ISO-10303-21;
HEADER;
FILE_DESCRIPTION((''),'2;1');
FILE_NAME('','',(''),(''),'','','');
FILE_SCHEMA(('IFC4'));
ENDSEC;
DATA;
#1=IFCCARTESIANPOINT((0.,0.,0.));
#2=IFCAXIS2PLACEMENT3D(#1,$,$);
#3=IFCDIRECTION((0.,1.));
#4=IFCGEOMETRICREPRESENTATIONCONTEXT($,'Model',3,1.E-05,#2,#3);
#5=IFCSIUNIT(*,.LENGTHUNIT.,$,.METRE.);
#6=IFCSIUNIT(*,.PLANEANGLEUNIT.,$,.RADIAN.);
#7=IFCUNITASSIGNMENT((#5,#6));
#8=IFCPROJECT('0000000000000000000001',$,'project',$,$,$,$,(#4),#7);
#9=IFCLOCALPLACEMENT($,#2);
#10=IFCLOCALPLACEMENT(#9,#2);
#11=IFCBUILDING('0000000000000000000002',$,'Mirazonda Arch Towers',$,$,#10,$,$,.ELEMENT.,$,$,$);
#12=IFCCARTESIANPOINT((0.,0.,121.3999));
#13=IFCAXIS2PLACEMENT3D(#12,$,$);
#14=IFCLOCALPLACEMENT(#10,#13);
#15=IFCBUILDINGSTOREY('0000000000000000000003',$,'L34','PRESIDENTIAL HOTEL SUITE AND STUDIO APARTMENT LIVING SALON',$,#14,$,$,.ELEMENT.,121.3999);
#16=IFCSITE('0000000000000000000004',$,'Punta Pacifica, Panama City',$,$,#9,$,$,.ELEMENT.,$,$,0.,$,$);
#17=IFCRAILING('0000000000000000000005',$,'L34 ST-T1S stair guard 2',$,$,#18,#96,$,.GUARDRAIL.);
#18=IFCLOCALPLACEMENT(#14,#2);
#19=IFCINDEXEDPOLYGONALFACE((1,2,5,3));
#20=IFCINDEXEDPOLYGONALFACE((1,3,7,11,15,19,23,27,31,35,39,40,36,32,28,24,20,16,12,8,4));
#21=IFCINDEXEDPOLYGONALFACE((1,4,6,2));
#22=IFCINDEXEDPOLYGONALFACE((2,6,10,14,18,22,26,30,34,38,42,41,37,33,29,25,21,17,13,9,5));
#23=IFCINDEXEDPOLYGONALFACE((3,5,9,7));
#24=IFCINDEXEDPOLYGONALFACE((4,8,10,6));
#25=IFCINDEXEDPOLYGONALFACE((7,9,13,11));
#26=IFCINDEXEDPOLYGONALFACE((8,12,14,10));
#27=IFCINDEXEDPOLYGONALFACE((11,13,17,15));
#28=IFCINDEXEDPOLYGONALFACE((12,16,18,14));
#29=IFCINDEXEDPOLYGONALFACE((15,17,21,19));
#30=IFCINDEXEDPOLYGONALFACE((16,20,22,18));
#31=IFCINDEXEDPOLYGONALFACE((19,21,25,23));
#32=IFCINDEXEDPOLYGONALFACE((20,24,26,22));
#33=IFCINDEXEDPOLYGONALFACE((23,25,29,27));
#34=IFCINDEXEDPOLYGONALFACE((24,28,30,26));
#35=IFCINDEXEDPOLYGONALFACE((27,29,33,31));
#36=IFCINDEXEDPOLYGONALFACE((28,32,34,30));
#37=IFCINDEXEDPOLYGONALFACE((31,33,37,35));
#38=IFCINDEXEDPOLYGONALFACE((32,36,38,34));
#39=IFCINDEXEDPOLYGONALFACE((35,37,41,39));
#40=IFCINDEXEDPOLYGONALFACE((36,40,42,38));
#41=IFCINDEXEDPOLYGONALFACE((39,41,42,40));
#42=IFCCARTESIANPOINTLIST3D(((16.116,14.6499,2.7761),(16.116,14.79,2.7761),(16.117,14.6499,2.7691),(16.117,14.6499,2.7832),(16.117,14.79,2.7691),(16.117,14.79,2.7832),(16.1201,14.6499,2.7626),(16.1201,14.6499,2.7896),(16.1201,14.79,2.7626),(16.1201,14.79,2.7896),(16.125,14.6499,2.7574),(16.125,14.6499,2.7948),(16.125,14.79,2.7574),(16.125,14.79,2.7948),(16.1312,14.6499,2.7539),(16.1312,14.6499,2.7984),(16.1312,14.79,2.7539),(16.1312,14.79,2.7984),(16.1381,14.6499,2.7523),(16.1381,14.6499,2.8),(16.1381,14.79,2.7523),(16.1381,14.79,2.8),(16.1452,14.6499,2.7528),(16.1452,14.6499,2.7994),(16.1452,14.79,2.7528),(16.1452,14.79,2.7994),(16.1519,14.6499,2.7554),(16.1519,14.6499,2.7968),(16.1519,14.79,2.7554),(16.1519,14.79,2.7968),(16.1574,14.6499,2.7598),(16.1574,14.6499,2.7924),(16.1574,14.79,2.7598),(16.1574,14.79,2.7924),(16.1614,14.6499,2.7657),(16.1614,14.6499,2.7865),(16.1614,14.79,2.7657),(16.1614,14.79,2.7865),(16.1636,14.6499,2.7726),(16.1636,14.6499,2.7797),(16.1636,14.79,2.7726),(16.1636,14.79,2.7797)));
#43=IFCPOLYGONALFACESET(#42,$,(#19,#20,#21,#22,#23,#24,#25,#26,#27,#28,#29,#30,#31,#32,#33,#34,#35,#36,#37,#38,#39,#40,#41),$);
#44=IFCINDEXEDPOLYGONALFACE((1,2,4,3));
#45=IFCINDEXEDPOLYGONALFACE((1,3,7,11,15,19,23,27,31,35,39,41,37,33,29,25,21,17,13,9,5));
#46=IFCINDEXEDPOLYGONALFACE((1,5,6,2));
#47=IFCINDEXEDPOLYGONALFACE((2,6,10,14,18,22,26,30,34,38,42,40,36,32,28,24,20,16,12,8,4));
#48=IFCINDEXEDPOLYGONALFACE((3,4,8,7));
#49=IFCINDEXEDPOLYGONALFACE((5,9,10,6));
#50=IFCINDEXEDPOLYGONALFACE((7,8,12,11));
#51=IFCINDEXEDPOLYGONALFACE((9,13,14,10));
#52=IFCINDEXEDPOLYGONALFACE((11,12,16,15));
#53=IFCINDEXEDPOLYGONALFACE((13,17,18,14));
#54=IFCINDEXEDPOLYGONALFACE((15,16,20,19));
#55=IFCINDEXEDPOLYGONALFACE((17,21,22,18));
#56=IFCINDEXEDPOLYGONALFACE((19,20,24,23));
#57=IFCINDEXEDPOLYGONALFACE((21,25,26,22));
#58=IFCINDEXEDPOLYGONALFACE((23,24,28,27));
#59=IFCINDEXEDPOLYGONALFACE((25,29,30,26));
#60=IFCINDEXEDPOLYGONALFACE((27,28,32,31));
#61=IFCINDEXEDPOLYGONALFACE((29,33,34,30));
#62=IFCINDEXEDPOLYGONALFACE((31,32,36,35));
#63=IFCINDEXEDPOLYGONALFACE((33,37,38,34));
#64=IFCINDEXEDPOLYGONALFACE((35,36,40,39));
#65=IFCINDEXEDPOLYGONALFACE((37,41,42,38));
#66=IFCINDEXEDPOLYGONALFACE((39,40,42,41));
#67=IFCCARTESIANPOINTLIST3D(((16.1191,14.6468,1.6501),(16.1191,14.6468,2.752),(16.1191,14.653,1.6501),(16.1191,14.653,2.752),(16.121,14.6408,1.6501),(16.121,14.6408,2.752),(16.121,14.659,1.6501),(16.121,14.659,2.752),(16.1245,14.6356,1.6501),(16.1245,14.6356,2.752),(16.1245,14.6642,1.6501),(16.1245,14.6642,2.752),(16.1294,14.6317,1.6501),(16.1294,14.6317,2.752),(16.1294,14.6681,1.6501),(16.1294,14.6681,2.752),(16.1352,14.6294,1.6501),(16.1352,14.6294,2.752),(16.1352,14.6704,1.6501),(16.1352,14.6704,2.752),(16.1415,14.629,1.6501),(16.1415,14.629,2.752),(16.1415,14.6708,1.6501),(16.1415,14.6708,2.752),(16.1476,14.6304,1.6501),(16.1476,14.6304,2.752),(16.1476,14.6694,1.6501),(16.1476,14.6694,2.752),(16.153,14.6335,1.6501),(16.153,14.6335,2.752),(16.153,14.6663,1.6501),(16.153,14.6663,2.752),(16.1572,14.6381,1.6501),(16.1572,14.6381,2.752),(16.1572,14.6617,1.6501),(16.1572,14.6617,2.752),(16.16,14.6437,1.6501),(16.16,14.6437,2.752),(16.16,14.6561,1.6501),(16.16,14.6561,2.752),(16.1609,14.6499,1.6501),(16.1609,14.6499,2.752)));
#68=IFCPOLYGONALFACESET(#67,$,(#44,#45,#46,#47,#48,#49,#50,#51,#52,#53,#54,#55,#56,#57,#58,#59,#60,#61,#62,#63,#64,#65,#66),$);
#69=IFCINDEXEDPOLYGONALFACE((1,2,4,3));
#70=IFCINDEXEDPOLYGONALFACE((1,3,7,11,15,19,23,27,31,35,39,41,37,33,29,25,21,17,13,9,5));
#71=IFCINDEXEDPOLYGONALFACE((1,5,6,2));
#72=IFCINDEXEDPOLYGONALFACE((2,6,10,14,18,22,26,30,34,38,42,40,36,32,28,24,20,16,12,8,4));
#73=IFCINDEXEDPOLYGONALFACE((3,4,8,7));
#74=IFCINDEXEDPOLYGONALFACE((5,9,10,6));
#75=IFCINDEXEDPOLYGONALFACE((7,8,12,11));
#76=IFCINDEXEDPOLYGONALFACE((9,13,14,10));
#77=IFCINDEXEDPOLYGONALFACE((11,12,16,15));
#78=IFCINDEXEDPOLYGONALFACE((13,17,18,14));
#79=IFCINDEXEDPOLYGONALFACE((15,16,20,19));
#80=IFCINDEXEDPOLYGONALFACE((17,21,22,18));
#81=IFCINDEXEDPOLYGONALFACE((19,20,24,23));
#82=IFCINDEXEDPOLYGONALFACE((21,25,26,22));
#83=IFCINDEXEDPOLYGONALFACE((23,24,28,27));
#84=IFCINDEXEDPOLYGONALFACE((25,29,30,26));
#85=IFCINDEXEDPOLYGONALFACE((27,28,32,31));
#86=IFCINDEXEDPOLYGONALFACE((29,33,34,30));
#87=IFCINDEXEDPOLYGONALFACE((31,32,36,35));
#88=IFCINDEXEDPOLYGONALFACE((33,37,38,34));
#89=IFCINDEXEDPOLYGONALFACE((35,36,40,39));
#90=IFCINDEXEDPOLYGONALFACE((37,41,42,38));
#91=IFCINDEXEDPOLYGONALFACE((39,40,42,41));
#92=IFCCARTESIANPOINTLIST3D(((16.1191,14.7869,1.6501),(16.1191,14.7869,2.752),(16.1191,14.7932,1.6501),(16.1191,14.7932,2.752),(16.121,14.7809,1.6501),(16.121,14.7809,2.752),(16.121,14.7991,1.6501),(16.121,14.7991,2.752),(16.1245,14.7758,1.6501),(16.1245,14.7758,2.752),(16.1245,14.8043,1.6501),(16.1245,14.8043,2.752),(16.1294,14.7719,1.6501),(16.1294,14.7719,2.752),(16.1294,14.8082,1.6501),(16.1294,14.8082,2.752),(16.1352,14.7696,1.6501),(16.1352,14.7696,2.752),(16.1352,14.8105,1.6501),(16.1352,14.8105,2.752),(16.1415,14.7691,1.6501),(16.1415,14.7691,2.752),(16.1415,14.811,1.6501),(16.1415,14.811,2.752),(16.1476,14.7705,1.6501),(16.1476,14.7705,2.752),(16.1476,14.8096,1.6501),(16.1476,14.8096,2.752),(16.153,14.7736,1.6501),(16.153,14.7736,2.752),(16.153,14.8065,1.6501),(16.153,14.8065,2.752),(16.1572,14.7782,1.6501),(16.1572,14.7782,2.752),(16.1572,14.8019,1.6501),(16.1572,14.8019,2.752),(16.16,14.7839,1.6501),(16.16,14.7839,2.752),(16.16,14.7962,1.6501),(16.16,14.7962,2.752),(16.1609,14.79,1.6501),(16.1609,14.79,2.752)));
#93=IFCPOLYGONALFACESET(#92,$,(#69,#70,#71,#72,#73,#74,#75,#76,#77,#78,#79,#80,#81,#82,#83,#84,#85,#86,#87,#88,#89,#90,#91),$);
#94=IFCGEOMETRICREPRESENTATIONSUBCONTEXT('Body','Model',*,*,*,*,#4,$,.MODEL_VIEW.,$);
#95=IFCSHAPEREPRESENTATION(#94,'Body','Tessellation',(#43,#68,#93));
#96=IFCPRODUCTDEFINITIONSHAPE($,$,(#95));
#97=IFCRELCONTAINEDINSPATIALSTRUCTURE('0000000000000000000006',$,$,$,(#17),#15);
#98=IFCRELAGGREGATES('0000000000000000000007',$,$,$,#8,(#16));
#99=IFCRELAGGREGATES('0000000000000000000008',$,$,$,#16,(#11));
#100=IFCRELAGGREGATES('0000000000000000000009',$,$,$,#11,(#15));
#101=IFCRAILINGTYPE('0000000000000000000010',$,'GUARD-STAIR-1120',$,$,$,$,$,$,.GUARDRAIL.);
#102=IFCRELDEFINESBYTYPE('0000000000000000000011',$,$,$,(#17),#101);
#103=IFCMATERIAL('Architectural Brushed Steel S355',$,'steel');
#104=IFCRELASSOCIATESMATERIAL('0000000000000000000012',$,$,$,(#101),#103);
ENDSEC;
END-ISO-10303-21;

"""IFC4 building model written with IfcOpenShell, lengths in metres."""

from ifc_helpers import new_model, si_unit, direction, frame, origin, origin_2d, place, context, subcontext, project, spatial, circle, extrude, material, type_object, element, save


model = new_model("IFC4")

# Units and contexts
model_context = context("Model", 3, precision=1e-05, world=origin(), true_north=direction((0.0, 1.0)))
body_context = subcontext(model_context, "Body", "Model", "MODEL_VIEW")
ifc_project = project(units=[si_unit("LENGTHUNIT", "METRE"), si_unit("PLANEANGLEUNIT", "RADIAN")], contexts=[model_context])

# Site, building, storey
site_placement = place(None, origin())
site = spatial("IfcSite", under=ifc_project, at=site_placement, Name="Punta Pacifica, Panama City", CompositionType="ELEMENT", RefElevation=0.0)
building_placement = place(site_placement, origin())
building = spatial("IfcBuilding", under=site, at=building_placement, Name="Mirazonda Arch Towers", CompositionType="ELEMENT")
storey_placement = place(building_placement, frame((0.0, 0.0, 121.3999)))
storey = spatial("IfcBuildingStorey", under=building, at=storey_placement, Name="L34", Description="PRESIDENTIAL HOTEL SUITE AND STUDIO APARTMENT LIVING SALON", CompositionType="ELEMENT", Elevation=121.3999)

# Shared definitions
ifc_material_1 = material(Name="Architectural Brushed Steel S355", Category="steel")

# Railing
railing_type_1 = type_object("IfcRailingType", Name="GUARD-STAIR-1120", PredefinedType="GUARDRAIL", material=ifc_material_1)
railing_1_placement = place(storey_placement, frame((16.1399, 14.6499, 1.6501)))
element("IfcRailing", 1, at=railing_1_placement, inside=storey, type_object=railing_type_1, Name="L34 ST-T1S stair guard 2", PredefinedType="GUARDRAIL", context=body_context, shape_type="SweptSolid", body=[
    extrude(circle(Radius=0.0239, at=origin_2d()), frame((0.0, 0.0, 1.126), z_axis=(0.0, 1.0, 0.0), x_axis=(-1.0, 0.0, 0.0)), (0.0, 0.0, 1.0), 0.1401),
    extrude(circle(Radius=0.021, at=origin_2d()), origin(), (0.0, 0.0, 1.0), 1.1018),
    extrude(circle(Radius=0.021, at=origin_2d()), frame((0.0, 0.1401, 0.0)), (0.0, 0.0, 1.0), 1.1018),
])

save(model, "model.ifc")
